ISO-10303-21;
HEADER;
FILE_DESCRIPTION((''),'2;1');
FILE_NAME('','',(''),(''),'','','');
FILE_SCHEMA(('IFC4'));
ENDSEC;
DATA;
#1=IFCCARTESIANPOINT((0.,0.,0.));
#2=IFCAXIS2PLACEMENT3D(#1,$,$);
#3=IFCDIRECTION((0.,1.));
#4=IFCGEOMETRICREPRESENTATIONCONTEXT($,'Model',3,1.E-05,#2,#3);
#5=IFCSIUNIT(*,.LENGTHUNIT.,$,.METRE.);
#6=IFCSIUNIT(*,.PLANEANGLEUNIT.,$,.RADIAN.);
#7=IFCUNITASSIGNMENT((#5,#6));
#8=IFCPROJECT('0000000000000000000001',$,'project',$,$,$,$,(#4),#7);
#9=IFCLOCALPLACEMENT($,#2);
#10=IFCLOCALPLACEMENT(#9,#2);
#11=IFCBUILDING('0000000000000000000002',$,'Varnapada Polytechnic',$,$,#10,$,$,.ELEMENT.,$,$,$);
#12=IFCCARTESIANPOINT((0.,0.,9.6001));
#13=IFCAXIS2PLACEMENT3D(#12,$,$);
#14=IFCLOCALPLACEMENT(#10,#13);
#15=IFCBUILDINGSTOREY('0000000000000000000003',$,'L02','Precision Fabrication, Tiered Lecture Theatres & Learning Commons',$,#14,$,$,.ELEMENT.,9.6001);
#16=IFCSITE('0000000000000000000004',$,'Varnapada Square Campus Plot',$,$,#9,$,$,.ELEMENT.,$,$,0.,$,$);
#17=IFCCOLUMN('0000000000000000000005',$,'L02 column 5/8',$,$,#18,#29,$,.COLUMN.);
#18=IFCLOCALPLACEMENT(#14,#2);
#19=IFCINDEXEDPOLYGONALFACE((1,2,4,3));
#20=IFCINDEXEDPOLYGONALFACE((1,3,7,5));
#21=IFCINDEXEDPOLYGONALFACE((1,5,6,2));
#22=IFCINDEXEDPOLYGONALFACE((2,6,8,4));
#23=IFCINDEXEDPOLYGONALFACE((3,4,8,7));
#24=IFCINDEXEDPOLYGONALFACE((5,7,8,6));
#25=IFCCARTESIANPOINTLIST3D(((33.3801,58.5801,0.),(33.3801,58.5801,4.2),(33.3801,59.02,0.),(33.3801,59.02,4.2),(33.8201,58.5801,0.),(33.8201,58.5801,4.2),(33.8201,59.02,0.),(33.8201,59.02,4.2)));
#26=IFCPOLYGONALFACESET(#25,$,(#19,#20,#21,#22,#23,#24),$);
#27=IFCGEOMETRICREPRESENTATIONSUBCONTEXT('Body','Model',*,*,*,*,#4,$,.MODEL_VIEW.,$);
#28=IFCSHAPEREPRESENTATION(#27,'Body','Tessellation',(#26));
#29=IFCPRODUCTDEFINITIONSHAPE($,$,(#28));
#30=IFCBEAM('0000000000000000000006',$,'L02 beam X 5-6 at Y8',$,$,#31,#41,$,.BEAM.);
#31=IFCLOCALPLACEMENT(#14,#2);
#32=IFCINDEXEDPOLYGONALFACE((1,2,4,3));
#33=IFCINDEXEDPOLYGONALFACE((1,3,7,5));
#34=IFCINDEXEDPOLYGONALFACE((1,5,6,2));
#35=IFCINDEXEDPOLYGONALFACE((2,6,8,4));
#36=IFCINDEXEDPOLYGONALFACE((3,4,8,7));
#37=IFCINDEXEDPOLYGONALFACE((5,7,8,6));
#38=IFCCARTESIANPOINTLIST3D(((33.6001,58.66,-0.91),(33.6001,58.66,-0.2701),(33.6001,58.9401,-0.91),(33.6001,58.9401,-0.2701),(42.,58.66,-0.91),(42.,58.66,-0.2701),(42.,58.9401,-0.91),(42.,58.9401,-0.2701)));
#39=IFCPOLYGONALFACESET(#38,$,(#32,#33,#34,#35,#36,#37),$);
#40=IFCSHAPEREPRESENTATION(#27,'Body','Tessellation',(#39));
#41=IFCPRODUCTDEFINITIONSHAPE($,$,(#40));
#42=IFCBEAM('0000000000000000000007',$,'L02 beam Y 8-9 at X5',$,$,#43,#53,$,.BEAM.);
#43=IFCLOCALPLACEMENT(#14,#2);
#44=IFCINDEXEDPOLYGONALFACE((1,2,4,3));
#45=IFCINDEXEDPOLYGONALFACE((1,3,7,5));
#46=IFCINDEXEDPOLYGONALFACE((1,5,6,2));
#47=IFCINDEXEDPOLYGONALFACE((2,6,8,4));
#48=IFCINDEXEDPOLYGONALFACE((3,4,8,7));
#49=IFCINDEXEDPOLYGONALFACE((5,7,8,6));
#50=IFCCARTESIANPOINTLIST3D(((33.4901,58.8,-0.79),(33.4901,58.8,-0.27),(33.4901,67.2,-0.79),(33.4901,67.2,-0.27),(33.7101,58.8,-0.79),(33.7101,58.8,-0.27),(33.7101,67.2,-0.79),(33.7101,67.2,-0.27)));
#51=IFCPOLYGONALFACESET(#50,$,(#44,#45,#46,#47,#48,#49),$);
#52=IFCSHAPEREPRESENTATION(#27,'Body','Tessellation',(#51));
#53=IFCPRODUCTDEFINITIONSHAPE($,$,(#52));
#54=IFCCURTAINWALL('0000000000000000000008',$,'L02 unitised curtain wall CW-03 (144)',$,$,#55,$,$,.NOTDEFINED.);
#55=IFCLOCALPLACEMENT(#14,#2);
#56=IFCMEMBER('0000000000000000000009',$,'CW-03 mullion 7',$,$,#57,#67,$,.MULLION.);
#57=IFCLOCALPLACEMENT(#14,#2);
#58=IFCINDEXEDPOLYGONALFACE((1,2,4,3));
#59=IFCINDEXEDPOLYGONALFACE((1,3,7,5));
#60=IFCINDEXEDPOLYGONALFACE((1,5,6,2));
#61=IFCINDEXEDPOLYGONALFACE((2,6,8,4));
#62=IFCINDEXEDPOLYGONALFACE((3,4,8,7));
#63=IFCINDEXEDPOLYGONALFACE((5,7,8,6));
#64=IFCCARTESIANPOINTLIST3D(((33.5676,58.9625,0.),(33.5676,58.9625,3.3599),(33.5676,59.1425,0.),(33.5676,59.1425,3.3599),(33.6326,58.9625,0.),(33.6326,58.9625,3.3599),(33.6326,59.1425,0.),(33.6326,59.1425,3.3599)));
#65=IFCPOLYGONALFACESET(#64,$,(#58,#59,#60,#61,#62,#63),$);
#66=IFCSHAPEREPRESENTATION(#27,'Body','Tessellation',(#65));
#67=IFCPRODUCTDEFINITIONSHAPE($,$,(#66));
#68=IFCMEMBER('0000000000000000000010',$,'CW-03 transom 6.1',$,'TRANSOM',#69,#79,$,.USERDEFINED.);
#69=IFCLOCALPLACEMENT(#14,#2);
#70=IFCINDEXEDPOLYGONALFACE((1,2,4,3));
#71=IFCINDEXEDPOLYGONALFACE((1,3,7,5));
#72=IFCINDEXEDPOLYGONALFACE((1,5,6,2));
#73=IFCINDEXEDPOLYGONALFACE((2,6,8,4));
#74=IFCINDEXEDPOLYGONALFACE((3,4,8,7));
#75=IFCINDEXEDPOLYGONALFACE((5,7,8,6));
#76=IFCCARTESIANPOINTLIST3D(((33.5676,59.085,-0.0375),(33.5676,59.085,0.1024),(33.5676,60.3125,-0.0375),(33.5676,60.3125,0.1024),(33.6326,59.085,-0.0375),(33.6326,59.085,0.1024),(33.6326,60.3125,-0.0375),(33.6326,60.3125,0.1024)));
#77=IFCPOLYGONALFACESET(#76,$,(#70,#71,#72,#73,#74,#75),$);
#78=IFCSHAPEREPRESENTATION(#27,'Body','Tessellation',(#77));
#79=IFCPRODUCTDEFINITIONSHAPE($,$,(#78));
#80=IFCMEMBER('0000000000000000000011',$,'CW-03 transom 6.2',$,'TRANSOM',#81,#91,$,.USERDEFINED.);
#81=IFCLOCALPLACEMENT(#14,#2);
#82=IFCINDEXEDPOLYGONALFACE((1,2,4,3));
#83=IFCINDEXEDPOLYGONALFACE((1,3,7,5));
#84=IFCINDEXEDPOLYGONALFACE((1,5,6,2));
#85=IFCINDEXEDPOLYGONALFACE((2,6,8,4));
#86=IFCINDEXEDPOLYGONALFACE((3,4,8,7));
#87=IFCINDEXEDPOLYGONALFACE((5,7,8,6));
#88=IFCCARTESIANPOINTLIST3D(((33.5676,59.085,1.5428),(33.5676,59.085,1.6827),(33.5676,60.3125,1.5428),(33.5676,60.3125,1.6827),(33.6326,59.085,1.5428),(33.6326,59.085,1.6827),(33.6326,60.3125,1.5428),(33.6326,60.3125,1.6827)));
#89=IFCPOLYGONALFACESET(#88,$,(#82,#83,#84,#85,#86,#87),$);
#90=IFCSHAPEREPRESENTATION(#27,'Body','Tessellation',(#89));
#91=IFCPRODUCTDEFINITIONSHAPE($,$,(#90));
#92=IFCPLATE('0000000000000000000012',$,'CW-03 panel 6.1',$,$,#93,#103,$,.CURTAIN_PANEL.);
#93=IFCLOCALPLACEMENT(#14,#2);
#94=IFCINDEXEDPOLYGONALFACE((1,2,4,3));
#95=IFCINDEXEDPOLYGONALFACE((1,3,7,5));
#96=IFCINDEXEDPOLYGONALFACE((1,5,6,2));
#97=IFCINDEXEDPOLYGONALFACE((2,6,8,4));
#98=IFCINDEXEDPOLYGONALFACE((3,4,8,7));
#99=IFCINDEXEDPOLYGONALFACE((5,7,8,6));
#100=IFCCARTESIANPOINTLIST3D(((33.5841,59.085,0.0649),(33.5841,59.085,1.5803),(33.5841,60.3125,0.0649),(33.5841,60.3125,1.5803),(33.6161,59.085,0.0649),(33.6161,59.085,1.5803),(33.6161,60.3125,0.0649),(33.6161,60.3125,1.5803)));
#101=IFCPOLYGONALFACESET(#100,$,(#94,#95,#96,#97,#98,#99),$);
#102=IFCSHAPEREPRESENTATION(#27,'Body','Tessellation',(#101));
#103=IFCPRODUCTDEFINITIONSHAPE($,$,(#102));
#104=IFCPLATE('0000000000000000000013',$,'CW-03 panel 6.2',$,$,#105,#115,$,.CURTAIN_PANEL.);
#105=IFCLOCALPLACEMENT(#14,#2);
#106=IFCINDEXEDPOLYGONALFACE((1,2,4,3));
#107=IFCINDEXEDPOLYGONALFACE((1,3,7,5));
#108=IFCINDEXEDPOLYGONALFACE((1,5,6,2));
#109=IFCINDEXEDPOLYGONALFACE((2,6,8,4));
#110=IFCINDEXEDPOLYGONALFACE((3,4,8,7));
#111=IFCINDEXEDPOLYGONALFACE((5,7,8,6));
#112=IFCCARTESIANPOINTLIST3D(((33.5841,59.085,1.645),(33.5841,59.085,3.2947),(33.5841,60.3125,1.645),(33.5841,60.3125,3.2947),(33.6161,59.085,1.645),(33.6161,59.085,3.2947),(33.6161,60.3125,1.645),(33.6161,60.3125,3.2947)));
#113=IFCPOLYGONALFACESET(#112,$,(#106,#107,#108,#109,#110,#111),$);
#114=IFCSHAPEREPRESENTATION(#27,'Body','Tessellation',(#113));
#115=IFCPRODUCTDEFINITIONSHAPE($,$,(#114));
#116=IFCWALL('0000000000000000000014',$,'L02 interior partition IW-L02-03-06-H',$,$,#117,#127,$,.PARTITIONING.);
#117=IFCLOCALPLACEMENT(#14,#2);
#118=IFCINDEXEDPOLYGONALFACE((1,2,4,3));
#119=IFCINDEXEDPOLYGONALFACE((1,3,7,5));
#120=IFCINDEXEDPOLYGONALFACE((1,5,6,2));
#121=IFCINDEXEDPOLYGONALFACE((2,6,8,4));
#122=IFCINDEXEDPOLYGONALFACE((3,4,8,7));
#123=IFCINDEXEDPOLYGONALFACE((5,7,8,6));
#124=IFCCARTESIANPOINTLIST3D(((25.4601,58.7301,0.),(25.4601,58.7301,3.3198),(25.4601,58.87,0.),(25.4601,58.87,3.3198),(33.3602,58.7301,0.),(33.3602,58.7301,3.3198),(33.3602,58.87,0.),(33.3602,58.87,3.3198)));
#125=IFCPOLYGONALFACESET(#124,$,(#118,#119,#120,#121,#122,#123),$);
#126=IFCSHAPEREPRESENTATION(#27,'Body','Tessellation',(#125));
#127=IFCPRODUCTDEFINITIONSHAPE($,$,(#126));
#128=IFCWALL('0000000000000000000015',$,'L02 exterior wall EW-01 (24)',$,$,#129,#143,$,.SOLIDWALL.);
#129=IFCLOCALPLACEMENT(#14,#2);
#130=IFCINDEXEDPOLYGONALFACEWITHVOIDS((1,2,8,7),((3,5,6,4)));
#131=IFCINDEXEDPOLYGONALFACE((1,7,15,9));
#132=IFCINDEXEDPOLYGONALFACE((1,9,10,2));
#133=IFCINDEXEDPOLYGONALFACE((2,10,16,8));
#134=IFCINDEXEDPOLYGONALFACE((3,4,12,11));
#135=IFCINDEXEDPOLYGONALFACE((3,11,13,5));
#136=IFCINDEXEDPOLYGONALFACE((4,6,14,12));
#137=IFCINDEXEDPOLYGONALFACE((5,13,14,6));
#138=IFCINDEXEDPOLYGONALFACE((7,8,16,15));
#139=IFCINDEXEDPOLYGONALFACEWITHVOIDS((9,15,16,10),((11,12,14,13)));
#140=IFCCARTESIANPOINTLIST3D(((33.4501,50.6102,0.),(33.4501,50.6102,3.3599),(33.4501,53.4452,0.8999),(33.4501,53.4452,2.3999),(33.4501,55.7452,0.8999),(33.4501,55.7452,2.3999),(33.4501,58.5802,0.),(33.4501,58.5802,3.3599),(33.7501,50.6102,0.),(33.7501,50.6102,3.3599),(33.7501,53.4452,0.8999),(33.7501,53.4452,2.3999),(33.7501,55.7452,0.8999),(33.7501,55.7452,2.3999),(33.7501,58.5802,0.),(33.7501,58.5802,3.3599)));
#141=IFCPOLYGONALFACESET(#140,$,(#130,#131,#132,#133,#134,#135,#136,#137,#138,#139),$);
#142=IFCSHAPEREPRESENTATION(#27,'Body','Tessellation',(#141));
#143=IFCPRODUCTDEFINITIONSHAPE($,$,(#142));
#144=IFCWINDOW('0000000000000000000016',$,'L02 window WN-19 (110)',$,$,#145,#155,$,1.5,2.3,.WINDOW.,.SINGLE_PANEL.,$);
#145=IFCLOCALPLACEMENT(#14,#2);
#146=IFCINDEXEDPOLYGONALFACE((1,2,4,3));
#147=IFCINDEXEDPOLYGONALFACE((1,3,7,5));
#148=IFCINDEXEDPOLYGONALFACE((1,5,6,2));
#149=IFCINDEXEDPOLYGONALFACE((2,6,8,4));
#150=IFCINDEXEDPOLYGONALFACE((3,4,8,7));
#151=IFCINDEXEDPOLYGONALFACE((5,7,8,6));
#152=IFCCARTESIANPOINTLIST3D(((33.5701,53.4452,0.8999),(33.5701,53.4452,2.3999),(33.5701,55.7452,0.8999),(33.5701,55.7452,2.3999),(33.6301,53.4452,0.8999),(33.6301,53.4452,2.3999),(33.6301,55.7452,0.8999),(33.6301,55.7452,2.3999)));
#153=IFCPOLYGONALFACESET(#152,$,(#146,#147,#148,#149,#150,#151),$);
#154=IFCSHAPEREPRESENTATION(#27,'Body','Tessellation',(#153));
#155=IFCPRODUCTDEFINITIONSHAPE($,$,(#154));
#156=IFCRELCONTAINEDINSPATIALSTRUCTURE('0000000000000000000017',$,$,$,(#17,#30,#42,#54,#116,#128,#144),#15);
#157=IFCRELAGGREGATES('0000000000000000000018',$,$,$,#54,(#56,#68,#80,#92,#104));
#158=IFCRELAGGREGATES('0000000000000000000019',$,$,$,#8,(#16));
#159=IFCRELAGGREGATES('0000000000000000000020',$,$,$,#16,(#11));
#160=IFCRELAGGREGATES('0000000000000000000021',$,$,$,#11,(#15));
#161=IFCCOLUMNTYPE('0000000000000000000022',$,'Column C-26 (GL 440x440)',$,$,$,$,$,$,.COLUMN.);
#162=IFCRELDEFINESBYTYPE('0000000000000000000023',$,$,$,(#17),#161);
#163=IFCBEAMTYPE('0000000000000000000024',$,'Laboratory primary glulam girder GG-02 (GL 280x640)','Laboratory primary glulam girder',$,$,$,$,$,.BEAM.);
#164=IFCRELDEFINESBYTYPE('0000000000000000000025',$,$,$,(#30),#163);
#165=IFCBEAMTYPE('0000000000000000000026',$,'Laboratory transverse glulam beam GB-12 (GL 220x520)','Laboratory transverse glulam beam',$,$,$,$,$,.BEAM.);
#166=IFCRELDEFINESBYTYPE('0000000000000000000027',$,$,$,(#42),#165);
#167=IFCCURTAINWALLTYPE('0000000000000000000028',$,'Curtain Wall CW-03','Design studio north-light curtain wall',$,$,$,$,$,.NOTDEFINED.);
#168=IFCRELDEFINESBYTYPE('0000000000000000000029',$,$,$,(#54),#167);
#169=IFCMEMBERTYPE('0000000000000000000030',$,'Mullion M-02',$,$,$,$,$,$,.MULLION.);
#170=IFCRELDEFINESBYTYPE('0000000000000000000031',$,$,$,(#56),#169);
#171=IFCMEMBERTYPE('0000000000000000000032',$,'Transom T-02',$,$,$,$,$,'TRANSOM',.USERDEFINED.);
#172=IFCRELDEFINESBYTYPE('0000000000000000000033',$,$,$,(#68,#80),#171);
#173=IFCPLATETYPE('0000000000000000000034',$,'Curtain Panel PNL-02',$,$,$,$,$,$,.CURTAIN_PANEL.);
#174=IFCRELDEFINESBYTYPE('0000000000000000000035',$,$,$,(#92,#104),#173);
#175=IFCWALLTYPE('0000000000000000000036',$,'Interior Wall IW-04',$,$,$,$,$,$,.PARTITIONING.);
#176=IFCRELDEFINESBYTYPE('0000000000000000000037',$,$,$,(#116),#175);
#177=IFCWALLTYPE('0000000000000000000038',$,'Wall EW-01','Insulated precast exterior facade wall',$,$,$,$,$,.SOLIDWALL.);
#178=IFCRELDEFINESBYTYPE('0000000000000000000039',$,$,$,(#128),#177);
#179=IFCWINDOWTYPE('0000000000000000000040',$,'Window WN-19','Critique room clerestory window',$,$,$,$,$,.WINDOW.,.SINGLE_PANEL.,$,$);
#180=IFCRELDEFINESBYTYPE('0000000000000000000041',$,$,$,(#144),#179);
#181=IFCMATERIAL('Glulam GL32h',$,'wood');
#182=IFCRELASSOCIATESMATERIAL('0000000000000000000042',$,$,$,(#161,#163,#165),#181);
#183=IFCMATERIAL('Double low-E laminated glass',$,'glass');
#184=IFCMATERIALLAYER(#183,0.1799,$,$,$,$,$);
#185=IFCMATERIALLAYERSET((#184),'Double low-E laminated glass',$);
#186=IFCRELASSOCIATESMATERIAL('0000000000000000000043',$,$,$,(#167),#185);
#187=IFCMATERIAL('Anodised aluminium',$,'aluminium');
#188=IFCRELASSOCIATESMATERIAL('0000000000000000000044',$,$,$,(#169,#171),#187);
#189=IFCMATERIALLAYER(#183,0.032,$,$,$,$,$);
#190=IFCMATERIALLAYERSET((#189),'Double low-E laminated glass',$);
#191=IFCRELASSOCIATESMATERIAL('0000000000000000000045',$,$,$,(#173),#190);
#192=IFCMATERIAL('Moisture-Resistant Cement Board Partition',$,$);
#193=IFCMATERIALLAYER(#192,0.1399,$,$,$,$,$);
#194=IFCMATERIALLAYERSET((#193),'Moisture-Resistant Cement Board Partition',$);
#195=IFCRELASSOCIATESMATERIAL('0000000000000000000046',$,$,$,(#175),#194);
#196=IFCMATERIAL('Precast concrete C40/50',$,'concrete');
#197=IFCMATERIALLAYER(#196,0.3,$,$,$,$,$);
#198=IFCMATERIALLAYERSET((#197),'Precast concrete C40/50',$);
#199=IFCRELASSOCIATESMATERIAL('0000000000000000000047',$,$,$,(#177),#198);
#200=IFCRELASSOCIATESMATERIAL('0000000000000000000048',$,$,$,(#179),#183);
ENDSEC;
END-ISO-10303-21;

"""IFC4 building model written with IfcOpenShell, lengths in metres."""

from ifc_helpers import new_model, si_unit, direction, frame, frame_2d, origin, origin_2d, place, context, subcontext, project, spatial, rectangle, extrude, material, layer, layer_set, material_profile, profile_set, type_object, element, fill, aggregate, save


model = new_model("IFC4")

# Units and contexts
model_context = context("Model", 3, precision=1e-05, world=origin(), true_north=direction((0.0, 1.0)))
body_context = subcontext(model_context, "Body", "Model", "MODEL_VIEW")
ifc_project = project(units=[si_unit("LENGTHUNIT", "METRE"), si_unit("PLANEANGLEUNIT", "RADIAN")], contexts=[model_context])

# Site, building, storey
site_placement = place(None, origin())
site = spatial("IfcSite", under=ifc_project, at=site_placement, Name="Varnapada Square Campus Plot", CompositionType="ELEMENT", RefElevation=0.0)
building_placement = place(site_placement, origin())
building = spatial("IfcBuilding", under=site, at=building_placement, Name="Varnapada Polytechnic", CompositionType="ELEMENT")
storey_placement = place(building_placement, frame((0.0, 0.0, 9.6001)))
storey = spatial("IfcBuildingStorey", under=building, at=storey_placement, Name="L02", Description="Precision Fabrication, Tiered Lecture Theatres & Learning Commons", CompositionType="ELEMENT", Elevation=9.6001)

# Column
ifc_material_1 = material(Name="Glulam GL32h", Category="wood")
ifc_material_profile_1 = material_profile(ifc_material_1, rectangle(XDim=0.4399, YDim=0.4399, at=origin_2d()), Name="GL 440x440")
ifc_profile_set_1 = profile_set([ifc_material_profile_1], Name="Glulam GL32h")
column_type = type_object("IfcColumnType", Name="Column C-26 (GL 440x440)", PredefinedType="COLUMN", material=ifc_profile_set_1)
column_placement = place(storey_placement, frame((33.6001, 58.8, 0.0), z_axis=(0.0, 0.0, 1.0), x_axis=(1.0, 0.0, 0.0)))
element("IfcColumn", 1, at=column_placement, inside=storey, type_object=column_type, Name="L02 column 5/8", PredefinedType="COLUMN", context=body_context, shape_type="SweptSolid", body=[
    extrude(rectangle(XDim=0.4399, YDim=0.4399, at=origin_2d()), origin(), (0.0, 0.0, 1.0), 4.2),
])

# Beams
ifc_material_profile_2 = material_profile(ifc_material_1, rectangle(XDim=0.28, YDim=0.6399, at=origin_2d()), Name="GL 280x640")
ifc_profile_set_2 = profile_set([ifc_material_profile_2], Name="Glulam GL32h")
beam_type_1 = type_object("IfcBeamType", Name="Laboratory primary glulam girder GG-02 (GL 280x640)", Description="Laboratory primary glulam girder", PredefinedType="BEAM", material=ifc_profile_set_2)
beam_1_placement = place(storey_placement, frame((33.6001, 58.8, -0.5901), z_axis=(1.0, 0.0, 0.0), x_axis=(0.0, 1.0, 0.0)))
element("IfcBeam", 2, at=beam_1_placement, inside=storey, type_object=beam_type_1, Name="L02 beam X 5-6 at Y8", PredefinedType="BEAM", context=body_context, shape_type="SweptSolid", body=[
    extrude(rectangle(XDim=0.28, YDim=0.6399, at=origin_2d()), origin(), (0.0, 0.0, 1.0), 8.3999),
])
ifc_material_profile_3 = material_profile(ifc_material_1, rectangle(XDim=0.22, YDim=0.52, at=origin_2d()), Name="GL 220x520")
ifc_profile_set_3 = profile_set([ifc_material_profile_3], Name="Glulam GL32h")
beam_type_2 = type_object("IfcBeamType", Name="Laboratory transverse glulam beam GB-12 (GL 220x520)", Description="Laboratory transverse glulam beam", PredefinedType="BEAM", material=ifc_profile_set_3)
beam_2_placement = place(storey_placement, frame((33.6001, 58.8, -0.53), z_axis=(0.0, 1.0, 0.0), x_axis=(-1.0, 0.0, 0.0)))
element("IfcBeam", 3, at=beam_2_placement, inside=storey, type_object=beam_type_2, Name="L02 beam Y 8-9 at X5", PredefinedType="BEAM", context=body_context, shape_type="SweptSolid", body=[
    extrude(rectangle(XDim=0.22, YDim=0.52, at=origin_2d()), origin(), (0.0, 0.0, 1.0), 8.3999),
])

# Curtain wall, members, plates
ifc_material_2 = material(Name="Double low-E laminated glass", Category="glass")
ifc_layer_1 = layer(ifc_material_2, 0.1799)
ifc_layer_set_1 = layer_set([ifc_layer_1], Name="Double low-E laminated glass")
curtain_wall_type = type_object("IfcCurtainWallType", Name="Curtain Wall CW-03", Description="Design studio north-light curtain wall", PredefinedType="NOTDEFINED", material=ifc_layer_set_1)
curtain_wall_placement = place(storey_placement, origin())
curtain_wall = element("IfcCurtainWall", 4, at=curtain_wall_placement, inside=storey, type_object=curtain_wall_type, Name="L02 unitised curtain wall CW-03 (144)", PredefinedType="NOTDEFINED")
ifc_material_3 = material(Name="Anodised aluminium", Category="aluminium")
ifc_material_profile_4 = material_profile(ifc_material_3, rectangle(XDim=0.0649, YDim=0.1799, at=origin_2d()), Name="ALU M65x180")
ifc_profile_set_4 = profile_set([ifc_material_profile_4], Name="Anodised aluminium")
member_type_1 = type_object("IfcMemberType", Name="Mullion M-02", PredefinedType="MULLION", material=ifc_profile_set_4)
member_1_placement = place(storey_placement, frame((33.6001, 59.0525, 0.0), z_axis=(0.0, 0.0, 1.0), x_axis=(1.0, 0.0, 0.0)))
member_1 = element("IfcMember", 5, at=member_1_placement, type_object=member_type_1, Name="CW-03 mullion 7", PredefinedType="MULLION", context=body_context, shape_type="SweptSolid", body=[
    extrude(rectangle(XDim=0.0649, YDim=0.1799, at=origin_2d()), origin(), (0.0, 0.0, 1.0), 3.3599),
])
ifc_material_profile_5 = material_profile(ifc_material_3, rectangle(XDim=0.0649, YDim=0.1399, at=origin_2d()), Name="ALU T65x140")
ifc_profile_set_5 = profile_set([ifc_material_profile_5], Name="Anodised aluminium")
member_type_2 = type_object("IfcMemberType", Name="Transom T-02", ElementType="TRANSOM", PredefinedType="USERDEFINED", material=ifc_profile_set_5)
member_2_placement = place(storey_placement, frame((33.6001, 60.3125, 0.0325), z_axis=(0.0, -1.0, 0.0), x_axis=(1.0, 0.0, 0.0)))
member_2 = element("IfcMember", 6, at=member_2_placement, type_object=member_type_2, Name="CW-03 transom 6.1", ObjectType="TRANSOM", PredefinedType="USERDEFINED", context=body_context, shape_type="SweptSolid", body=[
    extrude(rectangle(XDim=0.0649, YDim=0.1399, at=origin_2d()), origin(), (0.0, 0.0, 1.0), 1.2275),
])
member_3_placement = place(storey_placement, frame((33.6001, 60.3125, 1.6128), z_axis=(0.0, -1.0, 0.0), x_axis=(1.0, 0.0, 0.0)))
member_3 = element("IfcMember", 7, at=member_3_placement, type_object=member_type_2, Name="CW-03 transom 6.2", ObjectType="TRANSOM", PredefinedType="USERDEFINED", context=body_context, shape_type="SweptSolid", body=[
    extrude(rectangle(XDim=0.0649, YDim=0.1399, at=origin_2d()), origin(), (0.0, 0.0, 1.0), 1.2275),
])
ifc_layer_2 = layer(ifc_material_2, 0.032)
ifc_layer_set_2 = layer_set([ifc_layer_2], Name="Double low-E laminated glass")
plate_type = type_object("IfcPlateType", Name="Curtain Panel PNL-02", PredefinedType="CURTAIN_PANEL", material=ifc_layer_set_2)
plate_1_placement = place(storey_placement, frame((33.6001, 59.6987, 0.0649), z_axis=(0.0, 0.0, 1.0), x_axis=(0.0, -1.0, 0.0)))
plate_1 = element("IfcPlate", 8, at=plate_1_placement, type_object=plate_type, Name="CW-03 panel 6.1", PredefinedType="CURTAIN_PANEL", context=body_context, shape_type="SweptSolid", body=[
    extrude(rectangle(XDim=1.2275, YDim=0.032, at=origin_2d()), origin(), (0.0, 0.0, 1.0), 1.5154),
])
plate_2_placement = place(storey_placement, frame((33.6001, 59.6987, 1.645), z_axis=(0.0, 0.0, 1.0), x_axis=(0.0, -1.0, 0.0)))
plate_2 = element("IfcPlate", 9, at=plate_2_placement, type_object=plate_type, Name="CW-03 panel 6.2", PredefinedType="CURTAIN_PANEL", context=body_context, shape_type="SweptSolid", body=[
    extrude(rectangle(XDim=1.2275, YDim=0.032, at=origin_2d()), origin(), (0.0, 0.0, 1.0), 1.6497),
])
aggregate(curtain_wall, [member_1, member_2, member_3, plate_1, plate_2])

# Wall
ifc_material_4 = material(Name="Moisture-Resistant Cement Board Partition")
ifc_layer_3 = layer(ifc_material_4, 0.1399)
ifc_layer_set_3 = layer_set([ifc_layer_3], Name="Moisture-Resistant Cement Board Partition")
wall_type_1 = type_object("IfcWallType", Name="Interior Wall IW-04", PredefinedType="PARTITIONING", material=ifc_layer_set_3)
wall_1_placement = place(storey_placement, frame((25.46, 58.8, 0.0), z_axis=(0.0, 0.0, 1.0), x_axis=(1.0, 0.0, 0.0)))
element("IfcWall", 10, at=wall_1_placement, inside=storey, type_object=wall_type_1, Name="L02 interior partition IW-L02-03-06-H", PredefinedType="PARTITIONING", context=body_context, shape_type="SweptSolid", body=[
    extrude(rectangle(XDim=7.9001, YDim=0.1399, at=frame_2d((3.9502, 0.0))), origin(), (0.0, 0.0, 1.0), 3.3198),
])

# Wall, opening, window
ifc_material_5 = material(Name="Precast concrete C40/50", Category="concrete")
ifc_layer_4 = layer(ifc_material_5, 0.3)
ifc_layer_set_4 = layer_set([ifc_layer_4], Name="Precast concrete C40/50")
wall_type_2 = type_object("IfcWallType", Name="Wall EW-01", Description="Insulated precast exterior facade wall", PredefinedType="SOLIDWALL", material=ifc_layer_set_4)
wall_2_placement = place(storey_placement, frame((33.6001, 58.5801, 0.0), z_axis=(0.0, 0.0, 1.0), x_axis=(0.0, -1.0, 0.0)))
wall_2 = element("IfcWall", 11, at=wall_2_placement, inside=storey, type_object=wall_type_2, Name="L02 exterior wall EW-01 (24)", PredefinedType="SOLIDWALL", context=body_context, shape_type="SweptSolid", body=[
    extrude(rectangle(XDim=7.97, YDim=0.3, at=frame_2d((3.9849, 0.0))), origin(), (0.0, 0.0, 1.0), 3.3599),
])
opening_1_placement = place(wall_2_placement, frame((2.835, 0.0, 0.8999)))
opening_1 = element("IfcOpeningElement", 12, at=opening_1_placement, cuts=wall_2, PredefinedType="OPENING", context=body_context, shape_type="SweptSolid", body=[
    extrude(rectangle(XDim=2.3, YDim=1.5, at=frame_2d((1.1499, 0.75))), frame((0.0, 0.1599, 0.0), z_axis=(0.0, -1.0, 0.0), x_axis=(1.0, 0.0, 0.0)), (0.0, 0.0, 1.0), 0.3201),
])
window_type = type_object("IfcWindowType", Name="Window WN-19", Description="Critique room clerestory window", PartitioningType="SINGLE_PANEL", PredefinedType="WINDOW", material=ifc_material_2)
window_placement = place(opening_1_placement, origin())
window = element("IfcWindow", 13, at=window_placement, inside=storey, type_object=window_type, Name="L02 window WN-19 (110)", OverallHeight=1.5, OverallWidth=2.3, PartitioningType="SINGLE_PANEL", PredefinedType="WINDOW", context=body_context, shape_type="SweptSolid", body=[
    extrude(rectangle(XDim=2.3, YDim=1.5, at=frame_2d((1.1499, 0.75))), frame((0.0, 0.03, 0.0), z_axis=(0.0, -1.0, 0.0), x_axis=(1.0, 0.0, 0.0)), (0.0, 0.0, 1.0), 0.0601),
])
fill(opening_1, window)

save(model, "model.ifc")
